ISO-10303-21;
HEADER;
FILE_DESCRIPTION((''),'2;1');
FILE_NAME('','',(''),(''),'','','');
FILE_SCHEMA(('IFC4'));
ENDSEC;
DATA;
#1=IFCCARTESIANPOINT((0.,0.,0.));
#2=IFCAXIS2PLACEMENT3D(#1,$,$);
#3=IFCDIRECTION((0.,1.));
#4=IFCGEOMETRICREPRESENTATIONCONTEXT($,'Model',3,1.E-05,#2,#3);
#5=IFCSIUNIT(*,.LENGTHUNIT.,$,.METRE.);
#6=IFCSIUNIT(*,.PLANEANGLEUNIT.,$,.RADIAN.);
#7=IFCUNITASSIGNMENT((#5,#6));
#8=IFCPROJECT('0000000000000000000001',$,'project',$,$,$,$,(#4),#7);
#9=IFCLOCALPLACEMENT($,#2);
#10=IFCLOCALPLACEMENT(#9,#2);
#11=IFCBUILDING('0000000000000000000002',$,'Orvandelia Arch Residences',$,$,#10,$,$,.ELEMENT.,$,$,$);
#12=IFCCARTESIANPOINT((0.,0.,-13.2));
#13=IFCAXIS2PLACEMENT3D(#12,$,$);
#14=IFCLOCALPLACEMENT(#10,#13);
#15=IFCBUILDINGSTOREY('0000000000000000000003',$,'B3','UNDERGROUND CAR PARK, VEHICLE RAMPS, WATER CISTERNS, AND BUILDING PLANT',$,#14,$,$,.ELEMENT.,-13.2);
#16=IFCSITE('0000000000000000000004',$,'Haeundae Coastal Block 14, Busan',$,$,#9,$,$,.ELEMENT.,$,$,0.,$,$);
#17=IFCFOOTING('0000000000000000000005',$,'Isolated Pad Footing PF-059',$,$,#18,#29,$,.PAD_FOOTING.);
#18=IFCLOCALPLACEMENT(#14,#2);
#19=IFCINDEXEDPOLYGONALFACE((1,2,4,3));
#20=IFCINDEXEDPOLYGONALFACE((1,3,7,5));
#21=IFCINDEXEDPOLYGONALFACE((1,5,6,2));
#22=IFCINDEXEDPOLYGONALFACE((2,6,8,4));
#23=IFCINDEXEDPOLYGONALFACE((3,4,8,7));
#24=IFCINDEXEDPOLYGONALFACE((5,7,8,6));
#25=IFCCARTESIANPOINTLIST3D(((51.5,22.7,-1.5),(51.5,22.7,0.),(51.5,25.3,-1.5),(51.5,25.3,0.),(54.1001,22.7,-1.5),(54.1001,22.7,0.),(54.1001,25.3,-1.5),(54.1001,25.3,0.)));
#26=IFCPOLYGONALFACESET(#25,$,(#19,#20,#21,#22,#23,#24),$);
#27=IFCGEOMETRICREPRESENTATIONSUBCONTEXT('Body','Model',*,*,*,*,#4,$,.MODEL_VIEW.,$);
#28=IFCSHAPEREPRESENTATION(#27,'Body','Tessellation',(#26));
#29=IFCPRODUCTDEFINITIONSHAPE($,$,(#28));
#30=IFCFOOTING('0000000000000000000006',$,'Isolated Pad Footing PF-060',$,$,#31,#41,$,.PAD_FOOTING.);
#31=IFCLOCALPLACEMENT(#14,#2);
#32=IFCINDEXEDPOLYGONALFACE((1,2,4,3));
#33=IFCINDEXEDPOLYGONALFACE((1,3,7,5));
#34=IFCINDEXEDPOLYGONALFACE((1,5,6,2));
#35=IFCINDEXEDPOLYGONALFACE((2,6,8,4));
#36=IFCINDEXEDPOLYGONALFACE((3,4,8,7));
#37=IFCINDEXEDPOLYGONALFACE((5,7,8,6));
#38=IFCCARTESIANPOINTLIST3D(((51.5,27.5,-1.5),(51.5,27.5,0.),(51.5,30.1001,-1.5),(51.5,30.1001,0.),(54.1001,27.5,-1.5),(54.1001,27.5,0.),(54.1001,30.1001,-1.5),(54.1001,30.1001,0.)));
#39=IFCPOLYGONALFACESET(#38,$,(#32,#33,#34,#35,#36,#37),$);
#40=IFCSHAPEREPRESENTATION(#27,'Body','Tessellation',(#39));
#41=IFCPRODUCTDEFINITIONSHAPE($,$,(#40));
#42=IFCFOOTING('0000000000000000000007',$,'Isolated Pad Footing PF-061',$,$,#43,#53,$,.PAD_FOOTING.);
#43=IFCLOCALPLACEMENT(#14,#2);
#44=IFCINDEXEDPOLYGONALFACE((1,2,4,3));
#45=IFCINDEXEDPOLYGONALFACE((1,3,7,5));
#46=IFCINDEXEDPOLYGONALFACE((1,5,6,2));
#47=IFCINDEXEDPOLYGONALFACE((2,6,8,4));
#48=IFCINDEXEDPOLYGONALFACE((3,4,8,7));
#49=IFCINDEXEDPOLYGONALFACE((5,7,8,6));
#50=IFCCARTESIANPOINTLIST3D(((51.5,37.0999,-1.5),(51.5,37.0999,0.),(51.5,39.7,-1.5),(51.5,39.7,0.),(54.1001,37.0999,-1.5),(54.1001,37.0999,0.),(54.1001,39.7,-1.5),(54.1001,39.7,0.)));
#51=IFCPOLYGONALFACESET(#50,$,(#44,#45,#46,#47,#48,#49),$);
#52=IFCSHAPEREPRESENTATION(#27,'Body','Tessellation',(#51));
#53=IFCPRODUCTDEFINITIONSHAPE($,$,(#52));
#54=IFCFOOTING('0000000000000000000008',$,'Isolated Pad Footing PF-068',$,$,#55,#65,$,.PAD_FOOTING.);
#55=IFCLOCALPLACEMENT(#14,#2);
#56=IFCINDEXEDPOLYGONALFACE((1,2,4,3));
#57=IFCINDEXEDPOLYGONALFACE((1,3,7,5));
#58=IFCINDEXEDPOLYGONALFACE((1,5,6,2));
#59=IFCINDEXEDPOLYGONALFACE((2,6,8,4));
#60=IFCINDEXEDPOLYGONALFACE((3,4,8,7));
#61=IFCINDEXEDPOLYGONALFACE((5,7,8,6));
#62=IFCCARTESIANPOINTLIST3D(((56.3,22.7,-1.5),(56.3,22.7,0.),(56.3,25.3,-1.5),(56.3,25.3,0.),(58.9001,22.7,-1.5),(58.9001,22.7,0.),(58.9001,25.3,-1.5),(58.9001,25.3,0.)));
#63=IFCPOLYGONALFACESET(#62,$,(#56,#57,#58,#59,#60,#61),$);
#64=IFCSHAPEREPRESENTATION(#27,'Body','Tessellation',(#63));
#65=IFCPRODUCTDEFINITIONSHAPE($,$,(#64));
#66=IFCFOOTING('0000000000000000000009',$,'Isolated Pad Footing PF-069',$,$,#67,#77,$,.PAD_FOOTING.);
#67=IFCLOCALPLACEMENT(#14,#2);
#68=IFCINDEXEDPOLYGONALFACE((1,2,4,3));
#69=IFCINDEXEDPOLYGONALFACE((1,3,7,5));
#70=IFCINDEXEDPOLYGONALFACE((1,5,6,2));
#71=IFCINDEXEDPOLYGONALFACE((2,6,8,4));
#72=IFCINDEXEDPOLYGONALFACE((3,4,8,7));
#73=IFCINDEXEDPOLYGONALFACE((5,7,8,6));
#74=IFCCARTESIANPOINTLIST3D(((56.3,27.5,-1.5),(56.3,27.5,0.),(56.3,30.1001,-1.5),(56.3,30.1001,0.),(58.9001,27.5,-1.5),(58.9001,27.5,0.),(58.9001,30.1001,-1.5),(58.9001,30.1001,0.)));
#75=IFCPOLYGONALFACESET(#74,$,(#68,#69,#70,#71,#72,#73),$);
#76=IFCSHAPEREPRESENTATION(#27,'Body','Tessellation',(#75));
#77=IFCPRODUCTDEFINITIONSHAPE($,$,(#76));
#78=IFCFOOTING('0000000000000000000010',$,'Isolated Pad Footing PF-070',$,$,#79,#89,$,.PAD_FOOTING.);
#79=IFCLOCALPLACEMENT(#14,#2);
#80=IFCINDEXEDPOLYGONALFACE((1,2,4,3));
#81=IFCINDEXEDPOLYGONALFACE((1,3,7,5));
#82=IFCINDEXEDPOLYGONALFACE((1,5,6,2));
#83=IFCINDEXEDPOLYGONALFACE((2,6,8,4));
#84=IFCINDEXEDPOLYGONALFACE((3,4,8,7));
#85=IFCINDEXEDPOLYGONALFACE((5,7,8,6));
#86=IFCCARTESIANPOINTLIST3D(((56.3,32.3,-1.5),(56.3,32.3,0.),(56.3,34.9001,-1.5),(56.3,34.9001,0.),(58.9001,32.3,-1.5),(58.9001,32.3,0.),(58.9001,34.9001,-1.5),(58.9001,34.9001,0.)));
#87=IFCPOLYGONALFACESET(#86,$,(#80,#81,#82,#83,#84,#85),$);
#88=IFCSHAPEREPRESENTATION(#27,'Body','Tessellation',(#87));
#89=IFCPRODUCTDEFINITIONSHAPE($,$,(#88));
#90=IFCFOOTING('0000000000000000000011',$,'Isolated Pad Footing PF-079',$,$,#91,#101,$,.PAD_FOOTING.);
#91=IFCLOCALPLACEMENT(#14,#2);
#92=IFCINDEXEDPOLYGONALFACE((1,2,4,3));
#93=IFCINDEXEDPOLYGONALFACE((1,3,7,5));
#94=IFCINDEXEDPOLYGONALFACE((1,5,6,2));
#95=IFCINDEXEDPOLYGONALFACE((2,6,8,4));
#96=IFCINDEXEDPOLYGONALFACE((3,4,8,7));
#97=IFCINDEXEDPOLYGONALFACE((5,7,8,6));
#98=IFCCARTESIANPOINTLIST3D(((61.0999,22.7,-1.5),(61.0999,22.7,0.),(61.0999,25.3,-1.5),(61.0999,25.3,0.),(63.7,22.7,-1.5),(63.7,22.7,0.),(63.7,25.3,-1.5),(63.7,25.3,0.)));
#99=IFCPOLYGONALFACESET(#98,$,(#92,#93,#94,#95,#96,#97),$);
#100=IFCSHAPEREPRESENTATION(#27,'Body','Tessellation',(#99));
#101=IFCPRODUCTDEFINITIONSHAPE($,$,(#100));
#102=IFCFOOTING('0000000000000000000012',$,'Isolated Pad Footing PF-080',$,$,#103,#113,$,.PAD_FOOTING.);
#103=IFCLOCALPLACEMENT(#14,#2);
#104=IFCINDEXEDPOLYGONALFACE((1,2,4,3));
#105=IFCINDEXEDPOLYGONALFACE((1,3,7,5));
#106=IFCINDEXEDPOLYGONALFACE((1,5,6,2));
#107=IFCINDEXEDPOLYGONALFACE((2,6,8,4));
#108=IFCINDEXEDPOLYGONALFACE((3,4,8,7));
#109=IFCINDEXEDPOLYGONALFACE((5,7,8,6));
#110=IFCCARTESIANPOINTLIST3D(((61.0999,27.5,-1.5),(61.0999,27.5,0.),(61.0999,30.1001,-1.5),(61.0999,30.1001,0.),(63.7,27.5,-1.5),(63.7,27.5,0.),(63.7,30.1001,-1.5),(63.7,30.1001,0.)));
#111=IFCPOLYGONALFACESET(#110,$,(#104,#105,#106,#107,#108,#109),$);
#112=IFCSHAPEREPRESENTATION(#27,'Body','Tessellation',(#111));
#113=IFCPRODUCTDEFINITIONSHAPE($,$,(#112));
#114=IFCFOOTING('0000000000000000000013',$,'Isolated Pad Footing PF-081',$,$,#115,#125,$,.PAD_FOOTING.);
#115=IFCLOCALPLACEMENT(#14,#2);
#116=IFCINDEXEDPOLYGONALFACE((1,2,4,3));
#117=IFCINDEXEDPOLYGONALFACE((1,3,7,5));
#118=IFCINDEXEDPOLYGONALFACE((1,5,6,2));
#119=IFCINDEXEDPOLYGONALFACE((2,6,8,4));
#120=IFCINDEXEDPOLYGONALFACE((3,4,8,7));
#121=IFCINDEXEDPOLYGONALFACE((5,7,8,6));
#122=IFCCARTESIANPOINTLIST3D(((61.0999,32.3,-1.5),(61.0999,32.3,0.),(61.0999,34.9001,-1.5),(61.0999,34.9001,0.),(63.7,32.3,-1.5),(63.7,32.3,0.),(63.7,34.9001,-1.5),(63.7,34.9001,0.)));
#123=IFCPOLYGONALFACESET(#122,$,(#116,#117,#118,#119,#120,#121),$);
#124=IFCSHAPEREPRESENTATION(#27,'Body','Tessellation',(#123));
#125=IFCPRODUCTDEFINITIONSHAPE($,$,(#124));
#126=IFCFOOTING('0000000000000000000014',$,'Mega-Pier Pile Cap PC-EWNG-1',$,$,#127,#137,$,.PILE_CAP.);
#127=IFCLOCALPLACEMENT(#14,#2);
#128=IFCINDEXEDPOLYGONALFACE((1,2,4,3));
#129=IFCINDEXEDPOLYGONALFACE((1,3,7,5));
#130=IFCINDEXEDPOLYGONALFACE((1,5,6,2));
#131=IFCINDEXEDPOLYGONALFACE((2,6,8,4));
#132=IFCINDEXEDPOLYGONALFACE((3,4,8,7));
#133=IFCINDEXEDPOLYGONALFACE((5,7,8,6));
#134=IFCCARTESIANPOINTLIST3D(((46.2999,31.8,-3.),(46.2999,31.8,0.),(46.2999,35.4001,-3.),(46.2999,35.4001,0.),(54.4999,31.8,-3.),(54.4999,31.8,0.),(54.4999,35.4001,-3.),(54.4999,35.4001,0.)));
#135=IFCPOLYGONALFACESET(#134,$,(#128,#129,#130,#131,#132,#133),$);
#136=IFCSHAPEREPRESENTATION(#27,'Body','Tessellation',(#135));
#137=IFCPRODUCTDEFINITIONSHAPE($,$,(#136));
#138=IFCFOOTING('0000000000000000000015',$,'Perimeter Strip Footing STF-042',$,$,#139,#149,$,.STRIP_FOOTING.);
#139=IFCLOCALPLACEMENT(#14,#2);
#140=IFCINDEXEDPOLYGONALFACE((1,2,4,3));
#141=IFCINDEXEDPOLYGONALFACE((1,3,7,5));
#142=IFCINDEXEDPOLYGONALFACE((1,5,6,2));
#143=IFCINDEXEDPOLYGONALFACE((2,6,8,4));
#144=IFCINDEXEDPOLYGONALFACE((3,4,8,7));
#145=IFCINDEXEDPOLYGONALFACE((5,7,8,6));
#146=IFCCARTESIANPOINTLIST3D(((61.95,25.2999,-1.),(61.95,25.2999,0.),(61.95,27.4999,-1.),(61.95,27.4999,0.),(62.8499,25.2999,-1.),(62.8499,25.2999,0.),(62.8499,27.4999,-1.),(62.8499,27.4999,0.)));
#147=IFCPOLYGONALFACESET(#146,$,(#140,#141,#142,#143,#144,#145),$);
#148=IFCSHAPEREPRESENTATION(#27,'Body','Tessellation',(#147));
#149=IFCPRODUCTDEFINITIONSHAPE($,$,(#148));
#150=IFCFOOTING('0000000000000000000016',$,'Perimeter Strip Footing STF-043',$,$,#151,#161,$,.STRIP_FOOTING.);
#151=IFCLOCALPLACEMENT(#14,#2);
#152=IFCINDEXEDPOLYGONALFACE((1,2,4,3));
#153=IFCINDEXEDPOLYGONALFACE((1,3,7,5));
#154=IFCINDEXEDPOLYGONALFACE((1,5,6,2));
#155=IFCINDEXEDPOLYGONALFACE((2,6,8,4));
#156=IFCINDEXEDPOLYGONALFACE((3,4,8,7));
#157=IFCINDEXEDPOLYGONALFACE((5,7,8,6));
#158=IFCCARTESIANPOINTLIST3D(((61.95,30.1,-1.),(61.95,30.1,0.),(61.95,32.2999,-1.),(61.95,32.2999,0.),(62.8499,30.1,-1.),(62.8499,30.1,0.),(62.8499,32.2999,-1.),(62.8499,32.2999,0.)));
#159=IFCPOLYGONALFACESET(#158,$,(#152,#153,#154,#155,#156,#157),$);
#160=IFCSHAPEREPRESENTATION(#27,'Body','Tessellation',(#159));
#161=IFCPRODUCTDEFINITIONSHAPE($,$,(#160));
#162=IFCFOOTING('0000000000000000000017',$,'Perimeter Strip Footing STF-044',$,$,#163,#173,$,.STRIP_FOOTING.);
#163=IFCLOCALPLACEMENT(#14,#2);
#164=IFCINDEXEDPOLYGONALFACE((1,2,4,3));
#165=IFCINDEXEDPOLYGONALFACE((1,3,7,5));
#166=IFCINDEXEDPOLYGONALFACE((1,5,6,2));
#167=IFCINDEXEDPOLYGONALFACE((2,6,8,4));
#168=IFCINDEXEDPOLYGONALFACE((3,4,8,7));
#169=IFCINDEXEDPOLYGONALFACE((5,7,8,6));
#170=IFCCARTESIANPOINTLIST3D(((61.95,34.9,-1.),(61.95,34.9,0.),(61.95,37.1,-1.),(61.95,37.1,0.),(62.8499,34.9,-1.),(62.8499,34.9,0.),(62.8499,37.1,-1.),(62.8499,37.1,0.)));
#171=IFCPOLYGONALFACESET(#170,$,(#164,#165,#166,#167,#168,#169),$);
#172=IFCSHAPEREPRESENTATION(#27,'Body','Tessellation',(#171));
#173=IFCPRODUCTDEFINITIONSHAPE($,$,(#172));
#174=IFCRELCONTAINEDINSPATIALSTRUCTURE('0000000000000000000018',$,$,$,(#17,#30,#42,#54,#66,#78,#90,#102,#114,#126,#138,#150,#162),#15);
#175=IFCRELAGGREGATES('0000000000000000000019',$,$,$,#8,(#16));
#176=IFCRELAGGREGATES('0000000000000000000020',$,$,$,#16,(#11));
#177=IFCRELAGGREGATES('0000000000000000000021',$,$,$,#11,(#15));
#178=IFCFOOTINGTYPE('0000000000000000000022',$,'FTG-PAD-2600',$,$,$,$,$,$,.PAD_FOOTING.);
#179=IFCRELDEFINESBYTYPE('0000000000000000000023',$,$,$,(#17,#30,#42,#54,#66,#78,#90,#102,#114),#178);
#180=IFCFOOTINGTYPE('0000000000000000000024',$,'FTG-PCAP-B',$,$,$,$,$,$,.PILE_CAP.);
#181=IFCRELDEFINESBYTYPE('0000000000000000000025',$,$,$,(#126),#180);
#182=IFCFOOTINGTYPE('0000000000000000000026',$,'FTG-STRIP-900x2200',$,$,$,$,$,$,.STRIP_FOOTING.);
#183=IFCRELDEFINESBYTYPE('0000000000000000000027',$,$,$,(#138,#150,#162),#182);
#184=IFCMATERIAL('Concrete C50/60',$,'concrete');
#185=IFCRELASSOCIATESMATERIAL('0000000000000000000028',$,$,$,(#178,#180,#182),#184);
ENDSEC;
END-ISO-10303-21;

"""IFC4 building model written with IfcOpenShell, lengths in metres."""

from ifc_helpers import new_model, si_unit, direction, frame, origin, origin_2d, place, context, subcontext, project, spatial, rectangle, extrude, material, type_object, element, save


model = new_model("IFC4")

# Units and contexts
model_context = context("Model", 3, precision=1e-05, world=origin(), true_north=direction((0.0, 1.0)))
body_context = subcontext(model_context, "Body", "Model", "MODEL_VIEW")
ifc_project = project(units=[si_unit("LENGTHUNIT", "METRE"), si_unit("PLANEANGLEUNIT", "RADIAN")], contexts=[model_context])

# Site, building, storey
site_placement = place(None, origin())
site = spatial("IfcSite", under=ifc_project, at=site_placement, Name="Haeundae Coastal Block 14, Busan", CompositionType="ELEMENT", RefElevation=0.0)
building_placement = place(site_placement, origin())
building = spatial("IfcBuilding", under=site, at=building_placement, Name="Orvandelia Arch Residences", CompositionType="ELEMENT")
storey_placement = place(building_placement, frame((0.0, 0.0, -13.2)))
storey = spatial("IfcBuildingStorey", under=building, at=storey_placement, Name="B3", Description="UNDERGROUND CAR PARK, VEHICLE RAMPS, WATER CISTERNS, AND BUILDING PLANT", CompositionType="ELEMENT", Elevation=-13.2)

# Footings
ifc_material_1 = material(Name="Concrete C50/60", Category="concrete")
footing_type_1 = type_object("IfcFootingType", Name="FTG-PAD-2600", PredefinedType="PAD_FOOTING", material=ifc_material_1)
for number, where, z_axis, x_axis, name in (
    (1, (52.8, 24.0, -1.5), (0.0, 0.0, 1.0), (1.0, 0.0, 0.0), "Isolated Pad Footing PF-059"),
    (2, (52.8, 28.8, -1.5), (0.0, 0.0, 1.0), (1.0, 0.0, 0.0), "Isolated Pad Footing PF-060"),
    (3, (52.8, 38.3999, -1.5), (0.0, 0.0, 1.0), (1.0, 0.0, 0.0), "Isolated Pad Footing PF-061"),
    (4, (57.6001, 24.0, -1.5), (0.0, 0.0, 1.0), (1.0, 0.0, 0.0), "Isolated Pad Footing PF-068"),
    (5, (57.6001, 28.8, -1.5), (0.0, 0.0, 1.0), (1.0, 0.0, 0.0), "Isolated Pad Footing PF-069"),
    (6, (57.6001, 33.6001, -1.5), (0.0, 0.0, 1.0), (1.0, 0.0, 0.0), "Isolated Pad Footing PF-070"),
    (7, (62.3999, 24.0, -1.5), (0.0, 0.0, 1.0), (1.0, 0.0, 0.0), "Isolated Pad Footing PF-079"),
    (8, (62.3999, 28.8, -1.5), (0.0, 0.0, 1.0), (1.0, 0.0, 0.0), "Isolated Pad Footing PF-080"),
    (9, (62.3999, 33.6001, -1.5), (0.0, 0.0, 1.0), (1.0, 0.0, 0.0), "Isolated Pad Footing PF-081"),
):
    element("IfcFooting", number, at=place(storey_placement, frame(where, z_axis=z_axis, x_axis=x_axis)), inside=storey, type_object=footing_type_1, Name=name, PredefinedType="PAD_FOOTING", context=body_context, shape_type="SweptSolid", body=[
        extrude(rectangle(XDim=2.6001, YDim=2.6001, at=origin_2d()), origin(), (0.0, 0.0, 1.0), 1.5),
    ])
footing_type_2 = type_object("IfcFootingType", Name="FTG-PCAP-B", PredefinedType="PILE_CAP", material=ifc_material_1)
footing_placement = place(storey_placement, frame((50.3999, 33.6001, -3.0), z_axis=(0.0, 0.0, 1.0), x_axis=(1.0, 0.0, 0.0)))
element("IfcFooting", 10, at=footing_placement, inside=storey, type_object=footing_type_2, Name="Mega-Pier Pile Cap PC-EWNG-1", PredefinedType="PILE_CAP", context=body_context, shape_type="SweptSolid", body=[
    extrude(rectangle(XDim=8.2, YDim=3.6001, at=origin_2d()), origin(), (0.0, 0.0, 1.0), 3.0),
])
footing_type_3 = type_object("IfcFootingType", Name="FTG-STRIP-900x2200", PredefinedType="STRIP_FOOTING", material=ifc_material_1)
for number, where, z_axis, x_axis, name in (
    (11, (62.3999, 26.3999, -1.0), (0.0, 0.0, 1.0), (1.0, 0.0, 0.0), "Perimeter Strip Footing STF-042"),
    (12, (62.3999, 31.2, -1.0), (0.0, 0.0, 1.0), (1.0, 0.0, 0.0), "Perimeter Strip Footing STF-043"),
    (13, (62.3999, 36.0, -1.0), (0.0, 0.0, 1.0), (1.0, 0.0, 0.0), "Perimeter Strip Footing STF-044"),
):
    element("IfcFooting", number, at=place(storey_placement, frame(where, z_axis=z_axis, x_axis=x_axis)), inside=storey, type_object=footing_type_3, Name=name, PredefinedType="STRIP_FOOTING", context=body_context, shape_type="SweptSolid", body=[
        extrude(rectangle(XDim=0.8999, YDim=2.2, at=origin_2d()), origin(), (0.0, 0.0, 1.0), 1.0),
    ])

save(model, "model.ifc")
